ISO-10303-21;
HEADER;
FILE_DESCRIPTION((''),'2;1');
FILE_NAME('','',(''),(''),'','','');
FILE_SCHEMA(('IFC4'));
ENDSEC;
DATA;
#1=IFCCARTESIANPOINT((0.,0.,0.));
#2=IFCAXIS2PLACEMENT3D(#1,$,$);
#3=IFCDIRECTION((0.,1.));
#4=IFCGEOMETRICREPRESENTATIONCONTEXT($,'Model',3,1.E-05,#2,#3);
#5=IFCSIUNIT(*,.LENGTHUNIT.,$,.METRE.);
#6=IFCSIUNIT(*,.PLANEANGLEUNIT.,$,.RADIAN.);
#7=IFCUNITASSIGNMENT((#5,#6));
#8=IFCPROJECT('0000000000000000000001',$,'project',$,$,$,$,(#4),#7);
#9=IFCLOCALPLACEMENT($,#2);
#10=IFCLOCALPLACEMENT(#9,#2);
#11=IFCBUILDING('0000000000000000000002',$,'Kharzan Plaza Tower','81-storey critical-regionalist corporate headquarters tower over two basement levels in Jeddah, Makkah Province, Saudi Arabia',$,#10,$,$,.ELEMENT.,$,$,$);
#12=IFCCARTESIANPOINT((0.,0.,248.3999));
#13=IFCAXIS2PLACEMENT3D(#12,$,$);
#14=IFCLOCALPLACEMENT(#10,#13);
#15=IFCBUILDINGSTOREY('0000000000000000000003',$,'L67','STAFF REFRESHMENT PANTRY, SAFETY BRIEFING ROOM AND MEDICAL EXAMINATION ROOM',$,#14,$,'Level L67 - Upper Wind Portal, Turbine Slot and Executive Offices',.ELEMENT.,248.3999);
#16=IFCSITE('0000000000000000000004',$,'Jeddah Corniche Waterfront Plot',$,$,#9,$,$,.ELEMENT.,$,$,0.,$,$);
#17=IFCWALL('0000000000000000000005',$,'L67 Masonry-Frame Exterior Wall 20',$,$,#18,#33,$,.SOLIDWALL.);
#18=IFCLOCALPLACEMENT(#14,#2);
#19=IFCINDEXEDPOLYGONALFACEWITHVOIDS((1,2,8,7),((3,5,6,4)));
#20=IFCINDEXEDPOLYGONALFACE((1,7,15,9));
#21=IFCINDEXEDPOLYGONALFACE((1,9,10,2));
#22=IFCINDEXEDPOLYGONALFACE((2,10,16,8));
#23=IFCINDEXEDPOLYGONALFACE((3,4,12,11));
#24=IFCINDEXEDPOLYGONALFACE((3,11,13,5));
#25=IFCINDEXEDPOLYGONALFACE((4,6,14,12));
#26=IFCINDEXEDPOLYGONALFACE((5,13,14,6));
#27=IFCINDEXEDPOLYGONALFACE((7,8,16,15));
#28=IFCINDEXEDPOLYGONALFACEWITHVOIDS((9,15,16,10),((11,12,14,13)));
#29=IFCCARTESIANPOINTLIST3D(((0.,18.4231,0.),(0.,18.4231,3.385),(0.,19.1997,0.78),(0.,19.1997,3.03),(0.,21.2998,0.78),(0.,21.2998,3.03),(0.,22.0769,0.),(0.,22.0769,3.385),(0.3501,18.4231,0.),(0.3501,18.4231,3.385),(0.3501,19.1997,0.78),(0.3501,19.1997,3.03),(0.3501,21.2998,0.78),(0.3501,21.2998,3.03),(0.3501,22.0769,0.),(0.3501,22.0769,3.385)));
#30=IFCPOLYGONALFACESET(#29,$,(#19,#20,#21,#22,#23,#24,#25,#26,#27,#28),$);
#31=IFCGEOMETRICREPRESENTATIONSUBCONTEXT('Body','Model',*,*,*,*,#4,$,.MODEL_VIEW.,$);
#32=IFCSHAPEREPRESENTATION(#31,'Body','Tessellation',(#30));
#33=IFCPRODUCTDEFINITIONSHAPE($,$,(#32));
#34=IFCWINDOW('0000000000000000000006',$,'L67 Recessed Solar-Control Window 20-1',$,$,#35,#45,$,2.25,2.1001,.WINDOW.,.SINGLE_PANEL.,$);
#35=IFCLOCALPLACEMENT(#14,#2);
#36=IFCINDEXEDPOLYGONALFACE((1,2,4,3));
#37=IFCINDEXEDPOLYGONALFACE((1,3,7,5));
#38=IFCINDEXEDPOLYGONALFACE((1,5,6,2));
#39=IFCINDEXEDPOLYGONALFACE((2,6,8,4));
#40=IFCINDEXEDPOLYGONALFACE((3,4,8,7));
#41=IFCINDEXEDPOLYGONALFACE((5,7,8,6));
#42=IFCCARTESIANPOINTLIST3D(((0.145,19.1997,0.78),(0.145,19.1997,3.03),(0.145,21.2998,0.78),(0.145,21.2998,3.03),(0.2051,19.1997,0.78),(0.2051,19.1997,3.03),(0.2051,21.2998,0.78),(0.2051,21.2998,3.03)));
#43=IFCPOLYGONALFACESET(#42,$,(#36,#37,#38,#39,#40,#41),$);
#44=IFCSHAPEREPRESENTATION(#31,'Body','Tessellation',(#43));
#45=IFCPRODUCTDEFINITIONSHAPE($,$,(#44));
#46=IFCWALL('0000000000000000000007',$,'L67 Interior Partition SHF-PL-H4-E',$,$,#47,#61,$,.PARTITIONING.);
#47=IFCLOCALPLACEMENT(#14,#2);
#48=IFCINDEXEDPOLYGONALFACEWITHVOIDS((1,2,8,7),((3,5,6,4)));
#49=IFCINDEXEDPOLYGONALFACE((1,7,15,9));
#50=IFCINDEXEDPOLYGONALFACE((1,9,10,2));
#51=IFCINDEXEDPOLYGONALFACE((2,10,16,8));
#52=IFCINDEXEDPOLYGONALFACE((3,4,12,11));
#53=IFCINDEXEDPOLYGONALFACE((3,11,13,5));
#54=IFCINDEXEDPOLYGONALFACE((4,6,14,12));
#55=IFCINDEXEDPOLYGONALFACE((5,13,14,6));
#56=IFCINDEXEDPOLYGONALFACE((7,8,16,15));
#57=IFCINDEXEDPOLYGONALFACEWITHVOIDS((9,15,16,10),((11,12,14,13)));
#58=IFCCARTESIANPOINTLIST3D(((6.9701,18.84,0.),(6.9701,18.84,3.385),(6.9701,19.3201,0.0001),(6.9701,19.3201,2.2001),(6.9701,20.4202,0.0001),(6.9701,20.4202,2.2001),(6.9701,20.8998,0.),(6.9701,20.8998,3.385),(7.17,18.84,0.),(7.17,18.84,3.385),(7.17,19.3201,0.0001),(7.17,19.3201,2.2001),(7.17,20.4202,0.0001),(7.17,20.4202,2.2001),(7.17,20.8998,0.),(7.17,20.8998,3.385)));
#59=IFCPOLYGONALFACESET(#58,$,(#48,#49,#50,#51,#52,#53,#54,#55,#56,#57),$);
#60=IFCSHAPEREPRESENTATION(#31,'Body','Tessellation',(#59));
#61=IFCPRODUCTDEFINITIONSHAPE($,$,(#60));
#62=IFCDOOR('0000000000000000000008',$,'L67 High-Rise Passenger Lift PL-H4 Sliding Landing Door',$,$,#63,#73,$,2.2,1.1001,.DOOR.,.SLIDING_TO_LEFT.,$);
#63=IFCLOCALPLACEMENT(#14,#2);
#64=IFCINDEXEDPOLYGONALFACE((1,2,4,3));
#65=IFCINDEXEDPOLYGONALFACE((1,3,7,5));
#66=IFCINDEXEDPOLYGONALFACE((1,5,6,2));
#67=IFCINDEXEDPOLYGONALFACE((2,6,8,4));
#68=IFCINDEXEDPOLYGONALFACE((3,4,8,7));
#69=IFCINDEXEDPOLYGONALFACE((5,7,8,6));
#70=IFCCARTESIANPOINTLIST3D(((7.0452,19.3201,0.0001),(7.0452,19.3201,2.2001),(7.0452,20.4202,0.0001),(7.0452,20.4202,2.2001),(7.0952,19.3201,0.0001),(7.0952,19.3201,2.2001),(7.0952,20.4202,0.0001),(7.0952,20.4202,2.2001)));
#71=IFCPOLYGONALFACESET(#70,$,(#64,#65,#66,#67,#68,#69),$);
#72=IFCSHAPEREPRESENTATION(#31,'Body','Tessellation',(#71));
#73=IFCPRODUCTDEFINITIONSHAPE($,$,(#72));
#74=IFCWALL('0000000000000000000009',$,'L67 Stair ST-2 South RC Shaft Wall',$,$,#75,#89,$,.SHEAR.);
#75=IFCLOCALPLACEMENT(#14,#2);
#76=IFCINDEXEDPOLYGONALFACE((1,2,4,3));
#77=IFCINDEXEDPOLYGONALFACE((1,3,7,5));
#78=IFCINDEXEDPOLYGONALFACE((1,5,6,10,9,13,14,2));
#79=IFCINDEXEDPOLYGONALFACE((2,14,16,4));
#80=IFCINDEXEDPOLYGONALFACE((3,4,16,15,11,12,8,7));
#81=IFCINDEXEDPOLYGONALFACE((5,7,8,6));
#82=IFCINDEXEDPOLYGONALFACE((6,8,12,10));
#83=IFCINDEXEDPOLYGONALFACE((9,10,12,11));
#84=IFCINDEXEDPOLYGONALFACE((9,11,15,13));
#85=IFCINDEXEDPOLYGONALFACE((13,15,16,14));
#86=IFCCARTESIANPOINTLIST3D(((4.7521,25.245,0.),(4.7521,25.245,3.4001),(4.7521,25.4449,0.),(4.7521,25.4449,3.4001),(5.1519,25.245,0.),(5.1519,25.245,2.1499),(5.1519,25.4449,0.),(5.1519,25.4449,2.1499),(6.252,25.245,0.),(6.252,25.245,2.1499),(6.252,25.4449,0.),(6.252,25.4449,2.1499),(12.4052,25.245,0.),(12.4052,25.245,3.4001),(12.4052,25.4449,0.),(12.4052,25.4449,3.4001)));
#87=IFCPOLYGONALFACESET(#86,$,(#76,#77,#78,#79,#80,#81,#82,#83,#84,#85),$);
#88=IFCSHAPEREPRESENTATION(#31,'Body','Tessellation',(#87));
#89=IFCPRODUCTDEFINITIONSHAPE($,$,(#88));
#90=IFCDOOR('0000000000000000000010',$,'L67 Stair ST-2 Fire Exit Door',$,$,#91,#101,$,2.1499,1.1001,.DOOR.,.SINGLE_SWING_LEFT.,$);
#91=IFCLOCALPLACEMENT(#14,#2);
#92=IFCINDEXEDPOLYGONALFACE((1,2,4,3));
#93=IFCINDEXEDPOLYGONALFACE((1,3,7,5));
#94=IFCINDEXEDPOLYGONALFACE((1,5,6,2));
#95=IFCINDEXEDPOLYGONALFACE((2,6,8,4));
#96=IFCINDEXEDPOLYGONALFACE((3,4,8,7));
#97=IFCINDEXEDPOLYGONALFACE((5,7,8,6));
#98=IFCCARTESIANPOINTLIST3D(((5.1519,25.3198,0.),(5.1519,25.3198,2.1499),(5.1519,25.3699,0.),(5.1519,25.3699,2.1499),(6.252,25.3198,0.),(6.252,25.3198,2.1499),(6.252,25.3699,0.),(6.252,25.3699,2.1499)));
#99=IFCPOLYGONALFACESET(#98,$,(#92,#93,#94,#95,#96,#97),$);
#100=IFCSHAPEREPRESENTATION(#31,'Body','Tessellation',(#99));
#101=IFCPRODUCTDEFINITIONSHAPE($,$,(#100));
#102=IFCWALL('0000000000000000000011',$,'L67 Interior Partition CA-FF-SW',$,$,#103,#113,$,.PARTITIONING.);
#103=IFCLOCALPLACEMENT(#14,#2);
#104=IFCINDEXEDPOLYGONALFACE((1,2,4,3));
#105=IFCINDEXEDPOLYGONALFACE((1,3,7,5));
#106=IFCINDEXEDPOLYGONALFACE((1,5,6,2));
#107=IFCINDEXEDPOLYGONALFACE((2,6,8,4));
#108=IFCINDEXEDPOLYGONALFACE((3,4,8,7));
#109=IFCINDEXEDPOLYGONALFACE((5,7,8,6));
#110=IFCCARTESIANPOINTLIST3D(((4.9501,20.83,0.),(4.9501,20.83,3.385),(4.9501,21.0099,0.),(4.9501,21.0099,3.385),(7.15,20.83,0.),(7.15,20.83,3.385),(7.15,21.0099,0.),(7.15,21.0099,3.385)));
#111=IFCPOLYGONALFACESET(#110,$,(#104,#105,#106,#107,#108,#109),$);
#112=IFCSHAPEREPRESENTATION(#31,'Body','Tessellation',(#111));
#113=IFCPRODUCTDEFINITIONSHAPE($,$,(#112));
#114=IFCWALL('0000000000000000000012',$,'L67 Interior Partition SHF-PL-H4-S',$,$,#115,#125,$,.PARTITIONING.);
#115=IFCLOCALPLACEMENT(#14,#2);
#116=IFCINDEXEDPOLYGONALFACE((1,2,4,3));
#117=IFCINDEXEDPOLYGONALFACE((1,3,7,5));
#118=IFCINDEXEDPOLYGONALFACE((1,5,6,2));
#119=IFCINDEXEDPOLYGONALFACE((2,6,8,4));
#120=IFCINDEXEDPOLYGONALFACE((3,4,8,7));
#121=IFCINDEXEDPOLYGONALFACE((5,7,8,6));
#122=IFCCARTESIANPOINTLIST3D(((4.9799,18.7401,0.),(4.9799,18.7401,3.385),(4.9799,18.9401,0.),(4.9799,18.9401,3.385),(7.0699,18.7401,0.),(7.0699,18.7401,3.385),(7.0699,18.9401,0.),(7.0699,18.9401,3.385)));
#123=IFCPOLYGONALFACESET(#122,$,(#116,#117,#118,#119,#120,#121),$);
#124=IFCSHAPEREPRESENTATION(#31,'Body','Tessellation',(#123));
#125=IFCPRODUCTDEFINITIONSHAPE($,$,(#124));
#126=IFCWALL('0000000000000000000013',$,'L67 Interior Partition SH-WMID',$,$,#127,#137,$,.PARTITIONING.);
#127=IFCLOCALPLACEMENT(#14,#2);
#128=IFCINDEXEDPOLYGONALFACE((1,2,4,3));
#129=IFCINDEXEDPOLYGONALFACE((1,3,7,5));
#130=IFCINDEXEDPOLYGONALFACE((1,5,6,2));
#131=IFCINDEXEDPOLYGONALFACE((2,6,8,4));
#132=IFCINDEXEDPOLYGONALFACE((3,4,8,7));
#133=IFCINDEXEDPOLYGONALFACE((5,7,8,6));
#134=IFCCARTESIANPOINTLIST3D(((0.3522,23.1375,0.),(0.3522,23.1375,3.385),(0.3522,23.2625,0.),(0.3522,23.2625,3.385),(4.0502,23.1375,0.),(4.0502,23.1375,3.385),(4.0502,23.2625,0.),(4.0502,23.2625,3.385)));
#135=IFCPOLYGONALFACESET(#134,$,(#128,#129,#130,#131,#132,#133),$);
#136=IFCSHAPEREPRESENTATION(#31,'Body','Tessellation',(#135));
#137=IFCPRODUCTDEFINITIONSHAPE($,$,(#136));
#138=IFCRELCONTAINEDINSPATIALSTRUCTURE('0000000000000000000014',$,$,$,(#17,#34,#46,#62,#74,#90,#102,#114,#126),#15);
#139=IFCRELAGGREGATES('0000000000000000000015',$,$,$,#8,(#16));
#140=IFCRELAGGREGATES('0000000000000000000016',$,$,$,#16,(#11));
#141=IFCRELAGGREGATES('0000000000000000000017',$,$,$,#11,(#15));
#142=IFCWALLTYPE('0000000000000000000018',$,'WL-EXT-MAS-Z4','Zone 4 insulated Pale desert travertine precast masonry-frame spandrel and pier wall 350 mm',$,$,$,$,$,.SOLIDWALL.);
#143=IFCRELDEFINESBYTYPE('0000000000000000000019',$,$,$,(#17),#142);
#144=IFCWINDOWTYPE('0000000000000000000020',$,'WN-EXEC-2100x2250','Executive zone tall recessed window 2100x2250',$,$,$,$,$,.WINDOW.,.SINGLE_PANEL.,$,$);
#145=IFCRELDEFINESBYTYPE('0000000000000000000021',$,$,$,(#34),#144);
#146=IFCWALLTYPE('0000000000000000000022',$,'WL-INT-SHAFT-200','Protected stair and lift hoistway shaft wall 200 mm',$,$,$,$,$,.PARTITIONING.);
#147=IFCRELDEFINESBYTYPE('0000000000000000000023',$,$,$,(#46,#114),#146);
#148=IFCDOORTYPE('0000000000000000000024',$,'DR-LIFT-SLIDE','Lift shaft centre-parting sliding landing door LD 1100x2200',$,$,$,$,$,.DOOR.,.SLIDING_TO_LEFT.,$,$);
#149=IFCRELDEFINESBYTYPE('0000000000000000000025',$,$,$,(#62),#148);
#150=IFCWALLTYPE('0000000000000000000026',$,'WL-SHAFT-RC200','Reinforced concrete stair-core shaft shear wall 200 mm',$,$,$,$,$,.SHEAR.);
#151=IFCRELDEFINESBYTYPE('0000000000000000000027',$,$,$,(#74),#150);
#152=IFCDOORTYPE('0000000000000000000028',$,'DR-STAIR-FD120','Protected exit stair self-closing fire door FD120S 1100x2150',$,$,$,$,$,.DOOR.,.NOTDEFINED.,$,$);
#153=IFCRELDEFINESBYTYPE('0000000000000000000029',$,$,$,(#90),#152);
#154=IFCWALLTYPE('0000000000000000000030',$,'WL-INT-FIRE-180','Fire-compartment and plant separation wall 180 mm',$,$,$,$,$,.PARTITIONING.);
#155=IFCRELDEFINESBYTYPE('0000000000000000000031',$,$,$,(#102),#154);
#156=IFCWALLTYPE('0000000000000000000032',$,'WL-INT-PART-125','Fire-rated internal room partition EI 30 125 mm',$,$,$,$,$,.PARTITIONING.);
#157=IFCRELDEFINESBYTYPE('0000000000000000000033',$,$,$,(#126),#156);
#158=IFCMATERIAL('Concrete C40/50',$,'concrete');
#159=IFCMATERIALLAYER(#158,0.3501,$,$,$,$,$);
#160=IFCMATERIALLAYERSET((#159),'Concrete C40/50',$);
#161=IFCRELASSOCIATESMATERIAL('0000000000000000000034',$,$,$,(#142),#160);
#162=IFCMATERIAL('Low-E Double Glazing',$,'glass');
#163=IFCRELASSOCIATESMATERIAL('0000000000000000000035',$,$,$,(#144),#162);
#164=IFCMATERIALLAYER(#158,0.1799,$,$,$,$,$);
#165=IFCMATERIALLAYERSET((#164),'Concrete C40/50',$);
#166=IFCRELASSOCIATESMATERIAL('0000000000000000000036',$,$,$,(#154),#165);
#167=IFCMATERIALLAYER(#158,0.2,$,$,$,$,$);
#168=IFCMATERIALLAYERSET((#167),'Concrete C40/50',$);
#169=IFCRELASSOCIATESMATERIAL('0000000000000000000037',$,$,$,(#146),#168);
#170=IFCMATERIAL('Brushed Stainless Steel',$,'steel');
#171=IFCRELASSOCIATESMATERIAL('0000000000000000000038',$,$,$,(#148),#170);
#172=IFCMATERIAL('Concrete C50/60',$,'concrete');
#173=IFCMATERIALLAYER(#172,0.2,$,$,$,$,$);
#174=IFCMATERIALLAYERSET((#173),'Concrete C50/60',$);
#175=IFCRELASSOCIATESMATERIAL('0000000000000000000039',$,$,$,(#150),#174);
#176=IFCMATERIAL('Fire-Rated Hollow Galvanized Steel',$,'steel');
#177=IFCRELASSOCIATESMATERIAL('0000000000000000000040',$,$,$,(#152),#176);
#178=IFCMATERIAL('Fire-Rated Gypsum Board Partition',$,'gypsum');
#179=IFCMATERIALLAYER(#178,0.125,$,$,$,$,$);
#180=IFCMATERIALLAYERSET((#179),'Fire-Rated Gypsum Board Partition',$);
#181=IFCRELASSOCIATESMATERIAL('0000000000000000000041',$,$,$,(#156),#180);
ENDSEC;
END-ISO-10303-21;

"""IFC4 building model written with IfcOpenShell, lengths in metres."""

from ifc_helpers import new_model, si_unit, direction, frame, frame_2d, origin, place, context, subcontext, project, spatial, rectangle, extrude, source, transform, mapped, material, layer, layer_set, type_object, element, fill, save


model = new_model("IFC4")

# Units and contexts
model_context = context("Model", 3, precision=1e-05, world=origin(), true_north=direction((0.0, 1.0)))
body_context = subcontext(model_context, "Body", "Model", "MODEL_VIEW")
ifc_project = project(units=[si_unit("LENGTHUNIT", "METRE"), si_unit("PLANEANGLEUNIT", "RADIAN")], contexts=[model_context])

# Site, building, storey
site_placement = place(None, origin())
site = spatial("IfcSite", under=ifc_project, at=site_placement, Name="Jeddah Corniche Waterfront Plot", CompositionType="ELEMENT", RefElevation=0.0)
building_placement = place(site_placement, origin())
building = spatial("IfcBuilding", under=site, at=building_placement, Name="Kharzan Plaza Tower", Description="81-storey critical-regionalist corporate headquarters tower over two basement levels in Jeddah, Makkah Province, Saudi Arabia", CompositionType="ELEMENT")
storey_placement = place(building_placement, frame((0.0, 0.0, 248.3999)))
storey = spatial("IfcBuildingStorey", under=building, at=storey_placement, Name="L67", Description="STAFF REFRESHMENT PANTRY, SAFETY BRIEFING ROOM AND MEDICAL EXAMINATION ROOM", LongName="Level L67 - Upper Wind Portal, Turbine Slot and Executive Offices", CompositionType="ELEMENT", Elevation=248.3999)

# Shared definitions
ifc_material_1 = material(Name="Concrete C50/60", Category="concrete")

# Wall, opening, window
ifc_material_2 = material(Name="Concrete C40/50", Category="concrete")
ifc_layer_1 = layer(ifc_material_2, 0.3501)
ifc_layer_set_1 = layer_set([ifc_layer_1], Name="Concrete C40/50")
wall_type_1 = type_object("IfcWallType", Name="WL-EXT-MAS-Z4", Description="Zone 4 insulated Pale desert travertine precast masonry-frame spandrel and pier wall 350 mm", PredefinedType="SOLIDWALL", material=ifc_layer_set_1)
ifc_material_3 = material(Name="Low-E Double Glazing", Category="glass")
window_type = type_object("IfcWindowType", Name="WN-EXEC-2100x2250", Description="Executive zone tall recessed window 2100x2250", PartitioningType="SINGLE_PANEL", PredefinedType="WINDOW", material=ifc_material_3)
shared_shape_1 = source(origin(), body_context, "Body", "SweptSolid", [
    extrude(rectangle(XDim=2.1001, YDim=2.25, at=frame_2d((1.05, 1.125))), frame((0.0, 0.03, 0.0), z_axis=(0.0, -1.0, 0.0), x_axis=(1.0, 0.0, 0.0)), (0.0, 0.0, 1.0), 0.0601),
])
wall_1_placement = place(storey_placement, frame((0.175, 22.0769, 0.0), z_axis=(0.0, 0.0, 1.0), x_axis=(0.0, -1.0, 0.0)))
wall_1 = element("IfcWall", 1, at=wall_1_placement, inside=storey, type_object=wall_type_1, Name="L67 Masonry-Frame Exterior Wall 20", PredefinedType="SOLIDWALL", context=body_context, shape_type="SweptSolid", body=[
    extrude(rectangle(XDim=3.6538, YDim=0.3501, at=frame_2d((1.8269, 0.0))), origin(), (0.0, 0.0, 1.0), 3.385),
])
opening_1_placement = place(wall_1_placement, frame((0.7771, 0.0, 0.78)))
opening_1 = element("IfcOpeningElement", 2, at=opening_1_placement, cuts=wall_1, PredefinedType="OPENING", context=body_context, shape_type="SweptSolid", body=[
    extrude(rectangle(XDim=2.1001, YDim=2.25, at=frame_2d((1.05, 1.125))), frame((0.0, 0.1851, 0.0), z_axis=(0.0, -1.0, 0.0), x_axis=(1.0, 0.0, 0.0)), (0.0, 0.0, 1.0), 0.3701),
])
window_1_placement = place(opening_1_placement, origin())
window_1 = element("IfcWindow", 3, at=window_1_placement, inside=storey, type_object=window_type, Name="L67 Recessed Solar-Control Window 20-1", OverallHeight=2.25, OverallWidth=2.1001, PartitioningType="SINGLE_PANEL", PredefinedType="WINDOW", context=body_context, shape_type="MappedRepresentation", body=[
    mapped(shared_shape_1, transform((0.0, 0.0, 0.0), x_axis=(1.0, 0.0, 0.0), y_axis=(0.0, 1.0, 0.0), z_axis=(0.0, 0.0, 1.0))),
])
fill(opening_1, window_1)

# Walls, openings, doors
ifc_layer_2 = layer(ifc_material_2, 0.1799)
ifc_layer_set_2 = layer_set([ifc_layer_2], Name="Concrete C40/50")
wall_type_2 = type_object("IfcWallType", Name="WL-INT-FIRE-180", Description="Fire-compartment and plant separation wall 180 mm", PredefinedType="PARTITIONING", material=ifc_layer_set_2)
ifc_layer_3 = layer(ifc_material_2, 0.2)
ifc_layer_set_3 = layer_set([ifc_layer_3], Name="Concrete C40/50")
wall_type_3 = type_object("IfcWallType", Name="WL-INT-SHAFT-200", Description="Protected stair and lift hoistway shaft wall 200 mm", PredefinedType="PARTITIONING", material=ifc_layer_set_3)
wall_2_placement = place(storey_placement, frame((7.0701, 18.8401, 0.0), z_axis=(0.0, 0.0, 1.0), x_axis=(0.0, 1.0, 0.0)))
wall_2 = element("IfcWall", 4, at=wall_2_placement, inside=storey, type_object=wall_type_3, Name="L67 Interior Partition SHF-PL-H4-E", PredefinedType="PARTITIONING", context=body_context, shape_type="SweptSolid", body=[
    extrude(rectangle(XDim=2.0598, YDim=0.2, at=frame_2d((1.0298, 0.0))), origin(), (0.0, 0.0, 1.0), 3.385),
])
opening_2_placement = place(wall_2_placement, frame((0.48, 0.0, 0.0)))
opening_2 = element("IfcOpeningElement", 5, at=opening_2_placement, cuts=wall_2, PredefinedType="OPENING", context=body_context, shape_type="SweptSolid", body=[
    extrude(rectangle(XDim=1.1001, YDim=2.2, at=frame_2d((0.55, 1.1001))), frame((0.0, 0.1099, 0.0), z_axis=(0.0, -1.0, 0.0), x_axis=(1.0, 0.0, 0.0)), (0.0, 0.0, 1.0), 0.22),
])
ifc_material_4 = material(Name="Brushed Stainless Steel", Category="steel")
door_type_1 = type_object("IfcDoorType", Name="DR-LIFT-SLIDE", Description="Lift shaft centre-parting sliding landing door LD 1100x2200", OperationType="SLIDING_TO_LEFT", PredefinedType="DOOR", material=ifc_material_4)
shared_shape_2 = source(origin(), body_context, "Body", "SweptSolid", [
    extrude(rectangle(XDim=1.1001, YDim=2.2, at=frame_2d((0.55, 1.1001))), frame((0.0, 0.0249, 0.0), z_axis=(0.0, -1.0, 0.0), x_axis=(1.0, 0.0, 0.0)), (0.0, 0.0, 1.0), 0.05),
])
door_1_placement = place(opening_2_placement, origin())
door_1 = element("IfcDoor", 6, at=door_1_placement, inside=storey, type_object=door_type_1, Name="L67 High-Rise Passenger Lift PL-H4 Sliding Landing Door", OperationType="SLIDING_TO_LEFT", OverallHeight=2.2, OverallWidth=1.1001, PredefinedType="DOOR", context=body_context, shape_type="MappedRepresentation", body=[
    mapped(shared_shape_2, transform((0.0, 0.0, 0.0), x_axis=(1.0, 0.0, 0.0), y_axis=(0.0, 1.0, 0.0), z_axis=(0.0, 0.0, 1.0))),
])
fill(opening_2, door_1)
ifc_layer_4 = layer(ifc_material_1, 0.2)
ifc_layer_set_4 = layer_set([ifc_layer_4], Name="Concrete C50/60")
wall_type_4 = type_object("IfcWallType", Name="WL-SHAFT-RC200", Description="Reinforced concrete stair-core shaft shear wall 200 mm", PredefinedType="SHEAR", material=ifc_layer_set_4)
wall_3_placement = place(storey_placement, frame((4.752, 25.345, 0.0), z_axis=(0.0, 0.0, 1.0), x_axis=(1.0, 0.0, 0.0)))
wall_3 = element("IfcWall", 7, at=wall_3_placement, inside=storey, type_object=wall_type_4, Name="L67 Stair ST-2 South RC Shaft Wall", PredefinedType="SHEAR", context=body_context, shape_type="SweptSolid", body=[
    extrude(rectangle(XDim=7.6531, YDim=0.2, at=frame_2d((3.8267, 0.0))), origin(), (0.0, 0.0, 1.0), 3.4001),
])
opening_3_placement = place(wall_3_placement, frame((0.3999, 0.0, 0.0)))
opening_3 = element("IfcOpeningElement", 8, at=opening_3_placement, cuts=wall_3, PredefinedType="OPENING", context=body_context, shape_type="SweptSolid", body=[
    extrude(rectangle(XDim=1.1001, YDim=2.1499, at=frame_2d((0.55, 1.075))), frame((0.0, 0.1099, 0.0), z_axis=(0.0, -1.0, 0.0), x_axis=(1.0, 0.0, 0.0)), (0.0, 0.0, 1.0), 0.22),
])
ifc_material_5 = material(Name="Fire-Rated Hollow Galvanized Steel", Category="steel")
door_type_2 = type_object("IfcDoorType", Name="DR-STAIR-FD120", Description="Protected exit stair self-closing fire door FD120S 1100x2150", OperationType="NOTDEFINED", PredefinedType="DOOR", material=ifc_material_5)
shared_shape_3 = source(origin(), body_context, "Body", "SweptSolid", [
    extrude(rectangle(XDim=1.1001, YDim=2.1499, at=frame_2d((0.55, 1.075))), frame((0.0, 0.0249, 0.0), z_axis=(0.0, -1.0, 0.0), x_axis=(1.0, 0.0, 0.0)), (0.0, 0.0, 1.0), 0.05),
])
door_2_placement = place(opening_3_placement, origin())
door_2 = element("IfcDoor", 9, at=door_2_placement, inside=storey, type_object=door_type_2, Name="L67 Stair ST-2 Fire Exit Door", OperationType="SINGLE_SWING_LEFT", OverallHeight=2.1499, OverallWidth=1.1001, PredefinedType="DOOR", context=body_context, shape_type="MappedRepresentation", body=[
    mapped(shared_shape_3, transform((0.0, 0.0, 0.0), x_axis=(1.0, 0.0, 0.0), y_axis=(0.0, 1.0, 0.0), z_axis=(0.0, 0.0, 1.0))),
])
fill(opening_3, door_2)

# Walls
shared_shape_4 = source(origin(), body_context, "Body", "SweptSolid", [
    extrude(rectangle(XDim=2.2, YDim=0.1799, at=frame_2d((1.1001, 0.0))), origin(), (0.0, 0.0, 1.0), 3.385),
])
wall_4_placement = place(storey_placement, frame((4.95, 20.9199, 0.0), z_axis=(0.0, 0.0, 1.0), x_axis=(1.0, 0.0, 0.0)))
element("IfcWall", 10, at=wall_4_placement, inside=storey, type_object=wall_type_2, Name="L67 Interior Partition CA-FF-SW", PredefinedType="PARTITIONING", context=body_context, shape_type="MappedRepresentation", body=[
    mapped(shared_shape_4, transform((0.0, 0.0, 0.0), x_axis=(1.0, 0.0, 0.0), y_axis=(0.0, 1.0, 0.0), z_axis=(0.0, 0.0, 1.0))),
])
shared_shape_5 = source(origin(), body_context, "Body", "SweptSolid", [
    extrude(rectangle(XDim=2.0901, YDim=0.2, at=frame_2d((1.0449, 0.0))), origin(), (0.0, 0.0, 1.0), 3.385),
])
wall_5_placement = place(storey_placement, frame((4.98, 18.8401, 0.0), z_axis=(0.0, 0.0, 1.0), x_axis=(1.0, 0.0, 0.0)))
element("IfcWall", 11, at=wall_5_placement, inside=storey, type_object=wall_type_3, Name="L67 Interior Partition SHF-PL-H4-S", PredefinedType="PARTITIONING", context=body_context, shape_type="MappedRepresentation", body=[
    mapped(shared_shape_5, transform((0.0, 0.0, 0.0), x_axis=(1.0, 0.0, 0.0), y_axis=(0.0, 1.0, 0.0), z_axis=(0.0, 0.0, 1.0))),
])
ifc_material_6 = material(Name="Fire-Rated Gypsum Board Partition", Category="gypsum")
ifc_layer_5 = layer(ifc_material_6, 0.125)
ifc_layer_set_5 = layer_set([ifc_layer_5], Name="Fire-Rated Gypsum Board Partition")
wall_type_5 = type_object("IfcWallType", Name="WL-INT-PART-125", Description="Fire-rated internal room partition EI 30 125 mm", PredefinedType="PARTITIONING", material=ifc_layer_set_5)
shared_shape_6 = source(origin(), body_context, "Body", "SweptSolid", [
    extrude(rectangle(XDim=3.698, YDim=0.125, at=frame_2d((1.8491, 0.0))), origin(), (0.0, 0.0, 1.0), 3.385),
])
wall_6_placement = place(storey_placement, frame((0.3521, 23.2, 0.0), z_axis=(0.0, 0.0, 1.0), x_axis=(1.0, 0.0, 0.0)))
element("IfcWall", 12, at=wall_6_placement, inside=storey, type_object=wall_type_5, Name="L67 Interior Partition SH-WMID", PredefinedType="PARTITIONING", context=body_context, shape_type="MappedRepresentation", body=[
    mapped(shared_shape_6, transform((0.0, 0.0, 0.0), x_axis=(1.0, 0.0, 0.0), y_axis=(0.0, 1.0, 0.0), z_axis=(0.0, 0.0, 1.0))),
])

save(model, "model.ifc")
